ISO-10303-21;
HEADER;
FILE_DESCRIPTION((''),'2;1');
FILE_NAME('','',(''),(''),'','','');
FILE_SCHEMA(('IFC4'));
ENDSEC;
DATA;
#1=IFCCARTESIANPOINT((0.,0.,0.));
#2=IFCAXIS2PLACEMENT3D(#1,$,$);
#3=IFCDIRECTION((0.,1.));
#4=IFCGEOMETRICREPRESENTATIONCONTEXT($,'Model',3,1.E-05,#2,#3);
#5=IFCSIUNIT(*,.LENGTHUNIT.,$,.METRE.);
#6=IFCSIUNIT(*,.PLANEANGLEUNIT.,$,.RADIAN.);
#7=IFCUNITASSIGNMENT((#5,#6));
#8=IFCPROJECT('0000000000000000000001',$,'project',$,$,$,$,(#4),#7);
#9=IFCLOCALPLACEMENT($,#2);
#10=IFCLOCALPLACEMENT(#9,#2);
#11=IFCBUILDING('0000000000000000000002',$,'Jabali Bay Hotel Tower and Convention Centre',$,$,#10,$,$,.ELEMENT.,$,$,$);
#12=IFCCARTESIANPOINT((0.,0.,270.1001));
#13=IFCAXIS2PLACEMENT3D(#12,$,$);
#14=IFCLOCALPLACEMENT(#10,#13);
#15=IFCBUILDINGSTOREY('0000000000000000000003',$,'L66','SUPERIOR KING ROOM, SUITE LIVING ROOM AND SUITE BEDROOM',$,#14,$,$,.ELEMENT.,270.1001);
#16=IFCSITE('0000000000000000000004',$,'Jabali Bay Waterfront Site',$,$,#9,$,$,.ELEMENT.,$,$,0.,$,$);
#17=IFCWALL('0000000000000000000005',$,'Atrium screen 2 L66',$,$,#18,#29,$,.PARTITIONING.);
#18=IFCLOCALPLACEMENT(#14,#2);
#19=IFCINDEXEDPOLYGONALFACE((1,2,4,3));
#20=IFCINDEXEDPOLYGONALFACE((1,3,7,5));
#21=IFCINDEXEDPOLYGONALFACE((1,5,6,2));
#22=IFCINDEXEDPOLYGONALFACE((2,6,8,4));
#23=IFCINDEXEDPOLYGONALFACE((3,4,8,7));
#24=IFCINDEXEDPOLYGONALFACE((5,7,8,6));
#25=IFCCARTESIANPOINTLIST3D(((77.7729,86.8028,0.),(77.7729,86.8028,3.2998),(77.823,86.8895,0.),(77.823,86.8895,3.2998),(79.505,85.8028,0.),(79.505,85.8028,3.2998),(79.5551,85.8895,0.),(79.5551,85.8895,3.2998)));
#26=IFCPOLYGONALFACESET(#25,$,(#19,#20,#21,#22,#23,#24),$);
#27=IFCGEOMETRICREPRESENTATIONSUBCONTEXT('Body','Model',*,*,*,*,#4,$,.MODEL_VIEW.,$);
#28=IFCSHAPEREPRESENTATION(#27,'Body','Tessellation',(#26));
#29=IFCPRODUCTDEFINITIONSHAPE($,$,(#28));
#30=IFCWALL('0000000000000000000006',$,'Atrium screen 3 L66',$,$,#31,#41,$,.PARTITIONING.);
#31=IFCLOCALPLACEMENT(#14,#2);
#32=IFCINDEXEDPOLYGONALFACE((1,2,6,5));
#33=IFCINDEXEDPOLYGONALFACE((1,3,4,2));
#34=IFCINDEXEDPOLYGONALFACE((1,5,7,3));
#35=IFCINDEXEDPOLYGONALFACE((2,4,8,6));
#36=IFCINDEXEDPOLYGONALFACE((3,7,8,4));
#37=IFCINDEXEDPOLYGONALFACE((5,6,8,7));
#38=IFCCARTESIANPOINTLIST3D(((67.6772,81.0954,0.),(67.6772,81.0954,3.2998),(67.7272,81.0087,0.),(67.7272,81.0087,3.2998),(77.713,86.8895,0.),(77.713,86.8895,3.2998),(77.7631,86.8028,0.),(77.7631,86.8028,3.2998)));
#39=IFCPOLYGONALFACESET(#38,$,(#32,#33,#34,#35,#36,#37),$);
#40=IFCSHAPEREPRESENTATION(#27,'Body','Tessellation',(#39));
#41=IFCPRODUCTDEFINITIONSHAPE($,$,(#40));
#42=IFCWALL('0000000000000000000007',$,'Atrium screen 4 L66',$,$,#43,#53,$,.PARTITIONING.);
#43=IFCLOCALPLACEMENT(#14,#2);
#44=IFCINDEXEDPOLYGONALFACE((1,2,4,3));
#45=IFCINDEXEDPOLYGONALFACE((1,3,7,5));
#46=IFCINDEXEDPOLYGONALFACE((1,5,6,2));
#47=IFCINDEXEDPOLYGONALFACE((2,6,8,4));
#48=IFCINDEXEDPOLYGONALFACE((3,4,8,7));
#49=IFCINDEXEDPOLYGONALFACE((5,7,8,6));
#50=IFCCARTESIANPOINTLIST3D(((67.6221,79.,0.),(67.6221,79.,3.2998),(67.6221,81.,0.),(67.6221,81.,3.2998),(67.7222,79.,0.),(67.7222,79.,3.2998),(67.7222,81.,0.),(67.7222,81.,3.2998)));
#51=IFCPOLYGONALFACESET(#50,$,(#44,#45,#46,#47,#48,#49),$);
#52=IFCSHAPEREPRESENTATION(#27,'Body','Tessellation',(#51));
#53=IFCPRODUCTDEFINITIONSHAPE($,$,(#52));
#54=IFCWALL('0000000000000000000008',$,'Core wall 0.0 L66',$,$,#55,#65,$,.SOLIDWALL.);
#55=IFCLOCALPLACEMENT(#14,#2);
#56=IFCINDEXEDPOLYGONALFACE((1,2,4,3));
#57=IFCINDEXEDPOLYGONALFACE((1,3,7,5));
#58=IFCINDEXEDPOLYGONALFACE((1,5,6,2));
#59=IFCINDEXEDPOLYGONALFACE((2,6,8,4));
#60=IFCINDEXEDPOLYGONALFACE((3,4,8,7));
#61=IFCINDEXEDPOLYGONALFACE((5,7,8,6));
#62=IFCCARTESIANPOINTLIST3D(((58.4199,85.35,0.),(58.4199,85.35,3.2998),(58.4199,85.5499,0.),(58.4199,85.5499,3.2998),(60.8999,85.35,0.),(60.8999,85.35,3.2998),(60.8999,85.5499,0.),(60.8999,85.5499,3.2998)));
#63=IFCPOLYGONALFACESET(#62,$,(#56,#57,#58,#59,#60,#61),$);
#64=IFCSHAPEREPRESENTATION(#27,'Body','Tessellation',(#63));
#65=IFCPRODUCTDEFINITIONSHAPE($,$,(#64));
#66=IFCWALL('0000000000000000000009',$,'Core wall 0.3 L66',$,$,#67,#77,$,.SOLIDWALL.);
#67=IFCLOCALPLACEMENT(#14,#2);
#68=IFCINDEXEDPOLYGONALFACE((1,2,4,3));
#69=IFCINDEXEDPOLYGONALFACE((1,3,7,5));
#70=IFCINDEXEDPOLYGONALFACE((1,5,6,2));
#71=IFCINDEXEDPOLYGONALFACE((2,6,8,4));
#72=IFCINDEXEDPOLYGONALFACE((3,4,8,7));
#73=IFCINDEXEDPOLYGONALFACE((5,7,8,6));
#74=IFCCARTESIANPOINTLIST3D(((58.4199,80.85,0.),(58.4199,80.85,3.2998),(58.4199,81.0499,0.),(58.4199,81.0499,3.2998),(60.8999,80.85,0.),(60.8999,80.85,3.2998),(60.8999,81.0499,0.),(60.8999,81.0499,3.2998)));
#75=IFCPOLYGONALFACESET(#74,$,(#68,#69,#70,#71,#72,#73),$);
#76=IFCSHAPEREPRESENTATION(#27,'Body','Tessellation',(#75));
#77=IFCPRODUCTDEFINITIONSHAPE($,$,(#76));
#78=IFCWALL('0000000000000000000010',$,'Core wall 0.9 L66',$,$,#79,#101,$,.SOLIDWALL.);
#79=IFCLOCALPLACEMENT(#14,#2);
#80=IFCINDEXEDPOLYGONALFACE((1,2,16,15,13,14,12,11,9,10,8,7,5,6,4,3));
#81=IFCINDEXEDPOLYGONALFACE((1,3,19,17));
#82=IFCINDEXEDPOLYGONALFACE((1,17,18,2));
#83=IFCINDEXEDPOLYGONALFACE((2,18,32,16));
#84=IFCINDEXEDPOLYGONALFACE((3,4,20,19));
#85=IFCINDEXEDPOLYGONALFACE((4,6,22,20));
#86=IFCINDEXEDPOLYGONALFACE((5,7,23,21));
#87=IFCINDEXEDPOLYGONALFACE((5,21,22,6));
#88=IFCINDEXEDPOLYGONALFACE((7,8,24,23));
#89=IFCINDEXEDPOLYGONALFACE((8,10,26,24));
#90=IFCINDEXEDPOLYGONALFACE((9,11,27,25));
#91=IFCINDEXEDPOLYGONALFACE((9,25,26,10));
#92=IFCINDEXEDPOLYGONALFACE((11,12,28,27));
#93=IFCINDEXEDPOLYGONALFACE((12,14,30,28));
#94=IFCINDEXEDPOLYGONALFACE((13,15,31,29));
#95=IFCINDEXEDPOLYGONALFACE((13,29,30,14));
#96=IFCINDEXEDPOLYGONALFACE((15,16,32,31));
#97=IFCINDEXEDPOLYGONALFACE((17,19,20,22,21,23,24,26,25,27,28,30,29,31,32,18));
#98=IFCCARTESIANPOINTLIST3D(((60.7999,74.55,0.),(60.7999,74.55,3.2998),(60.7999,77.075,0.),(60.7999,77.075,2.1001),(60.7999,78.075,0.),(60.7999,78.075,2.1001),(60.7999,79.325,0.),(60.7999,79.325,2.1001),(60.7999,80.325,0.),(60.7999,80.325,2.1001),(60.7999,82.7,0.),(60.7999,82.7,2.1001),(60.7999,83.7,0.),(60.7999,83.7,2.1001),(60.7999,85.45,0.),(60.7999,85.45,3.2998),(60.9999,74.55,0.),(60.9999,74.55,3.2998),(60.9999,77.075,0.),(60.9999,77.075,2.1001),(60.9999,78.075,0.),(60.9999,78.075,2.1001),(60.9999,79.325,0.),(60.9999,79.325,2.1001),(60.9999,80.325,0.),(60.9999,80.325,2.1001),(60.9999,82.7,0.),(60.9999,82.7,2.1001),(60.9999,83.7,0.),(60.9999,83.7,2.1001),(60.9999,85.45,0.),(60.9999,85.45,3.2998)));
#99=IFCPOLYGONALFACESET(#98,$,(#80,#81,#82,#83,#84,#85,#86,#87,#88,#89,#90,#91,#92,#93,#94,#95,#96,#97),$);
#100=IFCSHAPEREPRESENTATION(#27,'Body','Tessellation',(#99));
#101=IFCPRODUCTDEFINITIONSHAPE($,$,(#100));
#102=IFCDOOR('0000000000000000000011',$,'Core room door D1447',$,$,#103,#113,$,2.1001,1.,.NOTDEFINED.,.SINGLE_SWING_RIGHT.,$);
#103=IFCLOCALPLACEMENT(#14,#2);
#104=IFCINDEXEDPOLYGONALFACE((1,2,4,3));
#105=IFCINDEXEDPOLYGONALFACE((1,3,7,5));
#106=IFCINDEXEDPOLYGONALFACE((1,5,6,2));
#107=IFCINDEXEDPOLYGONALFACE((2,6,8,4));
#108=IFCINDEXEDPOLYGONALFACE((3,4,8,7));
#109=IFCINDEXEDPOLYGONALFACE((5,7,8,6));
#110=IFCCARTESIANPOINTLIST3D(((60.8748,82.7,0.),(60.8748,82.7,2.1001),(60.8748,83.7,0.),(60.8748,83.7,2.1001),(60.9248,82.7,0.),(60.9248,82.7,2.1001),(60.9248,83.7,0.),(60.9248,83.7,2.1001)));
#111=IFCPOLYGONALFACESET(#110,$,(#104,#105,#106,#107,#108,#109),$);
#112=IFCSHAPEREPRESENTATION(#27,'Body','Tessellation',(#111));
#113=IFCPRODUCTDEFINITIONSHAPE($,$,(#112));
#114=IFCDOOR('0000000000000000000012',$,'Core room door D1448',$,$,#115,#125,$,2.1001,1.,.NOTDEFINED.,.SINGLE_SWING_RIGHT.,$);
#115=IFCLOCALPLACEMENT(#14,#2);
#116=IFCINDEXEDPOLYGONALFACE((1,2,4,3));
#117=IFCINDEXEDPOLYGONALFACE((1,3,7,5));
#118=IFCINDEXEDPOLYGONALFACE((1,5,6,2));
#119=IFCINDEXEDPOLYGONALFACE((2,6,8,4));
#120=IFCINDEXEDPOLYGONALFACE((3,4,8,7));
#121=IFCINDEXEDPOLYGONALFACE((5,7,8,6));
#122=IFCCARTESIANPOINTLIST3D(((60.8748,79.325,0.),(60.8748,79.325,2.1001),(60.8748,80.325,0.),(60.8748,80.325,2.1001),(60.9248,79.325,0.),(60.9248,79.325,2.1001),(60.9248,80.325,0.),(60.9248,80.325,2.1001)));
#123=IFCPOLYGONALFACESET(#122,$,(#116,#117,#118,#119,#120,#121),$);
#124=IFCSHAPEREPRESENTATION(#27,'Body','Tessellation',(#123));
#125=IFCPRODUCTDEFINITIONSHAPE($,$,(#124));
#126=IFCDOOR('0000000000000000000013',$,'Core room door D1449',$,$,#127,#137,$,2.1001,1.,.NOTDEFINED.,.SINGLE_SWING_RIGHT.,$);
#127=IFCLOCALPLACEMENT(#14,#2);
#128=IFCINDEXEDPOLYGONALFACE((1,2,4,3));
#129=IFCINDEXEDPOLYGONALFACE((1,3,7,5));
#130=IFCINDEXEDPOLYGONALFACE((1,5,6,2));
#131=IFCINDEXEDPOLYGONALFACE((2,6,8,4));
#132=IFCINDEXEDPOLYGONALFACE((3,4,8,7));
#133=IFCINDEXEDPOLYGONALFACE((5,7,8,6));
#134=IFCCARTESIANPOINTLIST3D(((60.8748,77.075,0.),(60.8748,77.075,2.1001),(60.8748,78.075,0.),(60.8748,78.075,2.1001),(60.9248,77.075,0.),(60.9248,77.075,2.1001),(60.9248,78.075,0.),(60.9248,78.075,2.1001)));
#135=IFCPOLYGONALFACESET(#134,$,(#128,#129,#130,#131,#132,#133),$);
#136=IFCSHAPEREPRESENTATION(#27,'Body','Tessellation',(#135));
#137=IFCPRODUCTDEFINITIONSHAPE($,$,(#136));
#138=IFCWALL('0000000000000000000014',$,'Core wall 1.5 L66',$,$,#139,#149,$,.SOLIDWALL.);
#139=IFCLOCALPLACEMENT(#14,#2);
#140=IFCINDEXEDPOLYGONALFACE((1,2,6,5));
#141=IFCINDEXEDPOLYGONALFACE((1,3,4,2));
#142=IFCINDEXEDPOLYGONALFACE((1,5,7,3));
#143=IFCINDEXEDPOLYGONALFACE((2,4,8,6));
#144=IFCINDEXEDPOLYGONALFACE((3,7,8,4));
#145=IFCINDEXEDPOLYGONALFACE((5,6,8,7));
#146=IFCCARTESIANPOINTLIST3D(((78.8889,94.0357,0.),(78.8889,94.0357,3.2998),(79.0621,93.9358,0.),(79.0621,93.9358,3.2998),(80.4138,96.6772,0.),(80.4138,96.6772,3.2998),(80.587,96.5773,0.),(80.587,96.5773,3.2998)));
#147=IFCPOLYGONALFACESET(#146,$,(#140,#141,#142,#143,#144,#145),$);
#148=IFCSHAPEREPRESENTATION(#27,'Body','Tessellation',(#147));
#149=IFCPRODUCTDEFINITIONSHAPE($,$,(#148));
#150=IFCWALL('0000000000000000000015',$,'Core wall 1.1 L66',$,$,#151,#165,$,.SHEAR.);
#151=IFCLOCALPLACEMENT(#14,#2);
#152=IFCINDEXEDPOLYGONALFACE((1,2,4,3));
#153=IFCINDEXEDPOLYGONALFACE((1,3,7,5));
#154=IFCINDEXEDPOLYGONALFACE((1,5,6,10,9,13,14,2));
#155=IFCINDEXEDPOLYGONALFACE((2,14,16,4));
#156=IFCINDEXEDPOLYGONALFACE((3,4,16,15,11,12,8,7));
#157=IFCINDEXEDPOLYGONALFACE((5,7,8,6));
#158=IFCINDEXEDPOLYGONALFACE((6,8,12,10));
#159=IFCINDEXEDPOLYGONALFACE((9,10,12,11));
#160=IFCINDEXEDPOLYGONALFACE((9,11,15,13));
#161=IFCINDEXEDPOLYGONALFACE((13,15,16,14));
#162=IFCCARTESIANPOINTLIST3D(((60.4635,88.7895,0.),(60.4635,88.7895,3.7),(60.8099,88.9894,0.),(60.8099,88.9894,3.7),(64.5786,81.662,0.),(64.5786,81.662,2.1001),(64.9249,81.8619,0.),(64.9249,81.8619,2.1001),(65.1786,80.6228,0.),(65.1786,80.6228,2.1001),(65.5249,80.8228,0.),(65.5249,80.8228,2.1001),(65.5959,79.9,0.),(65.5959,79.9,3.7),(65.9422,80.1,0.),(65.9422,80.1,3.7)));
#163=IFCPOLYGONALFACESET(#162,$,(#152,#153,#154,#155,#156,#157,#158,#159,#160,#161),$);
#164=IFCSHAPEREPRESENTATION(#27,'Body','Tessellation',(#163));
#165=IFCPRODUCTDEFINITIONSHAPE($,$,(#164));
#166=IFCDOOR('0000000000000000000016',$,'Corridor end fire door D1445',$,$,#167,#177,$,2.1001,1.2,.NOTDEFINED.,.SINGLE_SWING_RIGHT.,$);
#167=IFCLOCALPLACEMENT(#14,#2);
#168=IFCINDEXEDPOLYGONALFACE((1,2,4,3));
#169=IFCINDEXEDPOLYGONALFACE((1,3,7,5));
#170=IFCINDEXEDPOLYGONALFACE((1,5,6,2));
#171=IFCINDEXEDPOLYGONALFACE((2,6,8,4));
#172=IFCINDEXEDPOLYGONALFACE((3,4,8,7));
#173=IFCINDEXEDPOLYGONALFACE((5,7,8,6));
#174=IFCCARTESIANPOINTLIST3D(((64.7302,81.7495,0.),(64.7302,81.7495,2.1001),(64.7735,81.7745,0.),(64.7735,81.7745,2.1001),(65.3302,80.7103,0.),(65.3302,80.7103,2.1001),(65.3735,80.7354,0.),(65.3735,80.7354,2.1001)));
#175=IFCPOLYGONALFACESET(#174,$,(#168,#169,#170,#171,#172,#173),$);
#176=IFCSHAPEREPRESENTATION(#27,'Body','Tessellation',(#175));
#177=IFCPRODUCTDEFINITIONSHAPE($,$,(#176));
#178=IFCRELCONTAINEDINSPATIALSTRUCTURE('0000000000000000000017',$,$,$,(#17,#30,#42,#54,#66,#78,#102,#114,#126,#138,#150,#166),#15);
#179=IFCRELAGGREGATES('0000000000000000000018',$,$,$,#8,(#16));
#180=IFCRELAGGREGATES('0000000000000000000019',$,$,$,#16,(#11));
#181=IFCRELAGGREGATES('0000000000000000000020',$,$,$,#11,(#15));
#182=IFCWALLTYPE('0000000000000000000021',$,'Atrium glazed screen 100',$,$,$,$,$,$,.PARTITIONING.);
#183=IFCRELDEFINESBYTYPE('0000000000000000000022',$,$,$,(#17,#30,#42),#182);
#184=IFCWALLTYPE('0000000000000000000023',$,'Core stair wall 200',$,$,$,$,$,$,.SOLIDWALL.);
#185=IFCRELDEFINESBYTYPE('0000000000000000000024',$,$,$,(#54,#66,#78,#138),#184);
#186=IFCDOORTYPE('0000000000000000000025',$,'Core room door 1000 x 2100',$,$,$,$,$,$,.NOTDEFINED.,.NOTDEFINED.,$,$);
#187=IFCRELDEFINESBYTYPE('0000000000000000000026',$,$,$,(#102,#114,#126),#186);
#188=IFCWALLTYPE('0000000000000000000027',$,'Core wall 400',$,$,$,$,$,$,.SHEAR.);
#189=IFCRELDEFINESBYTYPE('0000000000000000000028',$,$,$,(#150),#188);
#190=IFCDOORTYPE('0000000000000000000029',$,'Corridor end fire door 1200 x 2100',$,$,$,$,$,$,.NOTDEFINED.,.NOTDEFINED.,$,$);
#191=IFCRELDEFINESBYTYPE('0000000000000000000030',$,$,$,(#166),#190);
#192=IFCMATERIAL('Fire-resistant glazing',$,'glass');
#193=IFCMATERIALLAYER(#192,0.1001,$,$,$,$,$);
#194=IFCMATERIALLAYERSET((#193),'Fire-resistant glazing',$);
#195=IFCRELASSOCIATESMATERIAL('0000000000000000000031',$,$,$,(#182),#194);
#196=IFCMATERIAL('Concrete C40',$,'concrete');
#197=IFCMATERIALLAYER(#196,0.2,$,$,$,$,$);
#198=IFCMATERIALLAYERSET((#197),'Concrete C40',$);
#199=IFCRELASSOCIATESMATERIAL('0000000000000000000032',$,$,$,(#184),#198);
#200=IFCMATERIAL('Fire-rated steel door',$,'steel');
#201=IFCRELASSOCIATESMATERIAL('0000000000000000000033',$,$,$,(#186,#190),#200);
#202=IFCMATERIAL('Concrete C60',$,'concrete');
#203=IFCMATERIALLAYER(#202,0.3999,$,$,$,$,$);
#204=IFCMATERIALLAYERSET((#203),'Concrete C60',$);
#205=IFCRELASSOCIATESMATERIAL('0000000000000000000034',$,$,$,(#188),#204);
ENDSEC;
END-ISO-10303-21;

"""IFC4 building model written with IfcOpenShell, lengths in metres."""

from ifc_helpers import new_model, si_unit, direction, frame, frame_2d, origin, place, context, subcontext, project, spatial, rectangle, extrude, material, layer, layer_set, type_object, element, fill, save


model = new_model("IFC4")

# Units and contexts
model_context = context("Model", 3, precision=1e-05, world=origin(), true_north=direction((0.0, 1.0)))
body_context = subcontext(model_context, "Body", "Model", "MODEL_VIEW")
ifc_project = project(units=[si_unit("LENGTHUNIT", "METRE"), si_unit("PLANEANGLEUNIT", "RADIAN")], contexts=[model_context])

# Site, building, storey
site_placement = place(None, origin())
site = spatial("IfcSite", under=ifc_project, at=site_placement, Name="Jabali Bay Waterfront Site", CompositionType="ELEMENT", RefElevation=0.0)
building_placement = place(site_placement, origin())
building = spatial("IfcBuilding", under=site, at=building_placement, Name="Jabali Bay Hotel Tower and Convention Centre", CompositionType="ELEMENT")
storey_placement = place(building_placement, frame((0.0, 0.0, 270.1001)))
storey = spatial("IfcBuildingStorey", under=building, at=storey_placement, Name="L66", Description="SUPERIOR KING ROOM, SUITE LIVING ROOM AND SUITE BEDROOM", CompositionType="ELEMENT", Elevation=270.1001)

# Walls
ifc_material_1 = material(Name="Fire-resistant glazing", Category="glass")
ifc_layer_1 = layer(ifc_material_1, 0.1001)
ifc_layer_set_1 = layer_set([ifc_layer_1], Name="Fire-resistant glazing")
wall_type_1 = type_object("IfcWallType", Name="Atrium glazed screen 100", PredefinedType="PARTITIONING", material=ifc_layer_set_1)
wall_1_placement = place(storey_placement, frame((79.53, 85.8462, 0.0), z_axis=(0.0, 0.0, 1.0), x_axis=(-0.866041, 0.499973, 0.0)))
element("IfcWall", 1, at=wall_1_placement, inside=storey, type_object=wall_type_1, Name="Atrium screen 2 L66", PredefinedType="PARTITIONING", context=body_context, shape_type="SweptSolid", body=[
    extrude(rectangle(XDim=2.0, YDim=0.1001, at=frame_2d((1.0, 0.0))), origin(), (0.0, 0.0, 1.0), 3.2998),
])
wall_2_placement = place(storey_placement, frame((77.738, 86.8462, 0.0), z_axis=(0.0, 0.0, 1.0), x_axis=(-0.866027, -0.499998, 0.0)))
element("IfcWall", 2, at=wall_2_placement, inside=storey, type_object=wall_type_1, Name="Atrium screen 3 L66", PredefinedType="PARTITIONING", context=body_context, shape_type="SweptSolid", body=[
    extrude(rectangle(XDim=11.5884, YDim=0.1001, at=frame_2d((5.7942, 0.0))), origin(), (0.0, 0.0, 1.0), 3.2998),
])
wall_3_placement = place(storey_placement, frame((67.6721, 81.0, 0.0), z_axis=(0.0, 0.0, 1.0), x_axis=(0.0, -1.0, 0.0)))
element("IfcWall", 3, at=wall_3_placement, inside=storey, type_object=wall_type_1, Name="Atrium screen 4 L66", PredefinedType="PARTITIONING", context=body_context, shape_type="SweptSolid", body=[
    extrude(rectangle(XDim=2.0, YDim=0.1001, at=frame_2d((1.0, 0.0))), origin(), (0.0, 0.0, 1.0), 3.2998),
])
ifc_material_2 = material(Name="Concrete C40", Category="concrete")
ifc_layer_2 = layer(ifc_material_2, 0.2)
ifc_layer_set_2 = layer_set([ifc_layer_2], Name="Concrete C40")
wall_type_2 = type_object("IfcWallType", Name="Core stair wall 200", PredefinedType="SOLIDWALL", material=ifc_layer_set_2)
for number, where, z_axis, x_axis, name in (
    (4, (60.8999, 85.45, 0.0), (0.0, 0.0, 1.0), (-1.0, 0.0, 0.0), "Core wall 0.0 L66"),
    (5, (60.8999, 80.95, 0.0), (0.0, 0.0, 1.0), (-1.0, 0.0, 0.0), "Core wall 0.3 L66"),
):
    element("IfcWall", number, at=place(storey_placement, frame(where, z_axis=z_axis, x_axis=x_axis)), inside=storey, type_object=wall_type_2, Name=name, PredefinedType="SOLIDWALL", context=body_context, shape_type="SweptSolid", body=[
        extrude(rectangle(XDim=2.48, YDim=0.2, at=frame_2d((1.24, 0.0))), origin(), (0.0, 0.0, 1.0), 3.2998),
    ])

# Wall, openings, doors
wall_4_placement = place(storey_placement, frame((60.8999, 85.45, 0.0), z_axis=(0.0, 0.0, 1.0), x_axis=(0.0, -1.0, 0.0)))
wall_4 = element("IfcWall", 6, at=wall_4_placement, inside=storey, type_object=wall_type_2, Name="Core wall 0.9 L66", PredefinedType="SOLIDWALL", context=body_context, shape_type="SweptSolid", body=[
    extrude(rectangle(XDim=10.8999, YDim=0.2, at=frame_2d((5.45, 0.0))), origin(), (0.0, 0.0, 1.0), 3.2998),
])
opening_1_placement = place(wall_4_placement, frame((1.75, 0.0, 0.0)))
opening_1 = element("IfcOpeningElement", 7, at=opening_1_placement, cuts=wall_4, PredefinedType="OPENING", context=body_context, shape_type="SweptSolid", body=[
    extrude(rectangle(XDim=1.0, YDim=2.1001, at=frame_2d((0.5, 1.05))), frame((0.0, 0.1104, 0.0), z_axis=(0.0, -1.0, 0.0), x_axis=(1.0, 0.0, 0.0)), (0.0, 0.0, 1.0), 0.2209),
])
opening_2_placement = place(wall_4_placement, frame((5.125, 0.0, 0.0)))
opening_2 = element("IfcOpeningElement", 8, at=opening_2_placement, cuts=wall_4, PredefinedType="OPENING", context=body_context, shape_type="SweptSolid", body=[
    extrude(rectangle(XDim=1.0, YDim=2.1001, at=frame_2d((0.5, 1.05))), frame((0.0, 0.1104, 0.0), z_axis=(0.0, -1.0, 0.0), x_axis=(1.0, 0.0, 0.0)), (0.0, 0.0, 1.0), 0.2209),
])
opening_3_placement = place(wall_4_placement, frame((7.375, 0.0, 0.0)))
opening_3 = element("IfcOpeningElement", 9, at=opening_3_placement, cuts=wall_4, PredefinedType="OPENING", context=body_context, shape_type="SweptSolid", body=[
    extrude(rectangle(XDim=1.0, YDim=2.1001, at=frame_2d((0.5, 1.05))), frame((0.0, 0.1104, 0.0), z_axis=(0.0, -1.0, 0.0), x_axis=(1.0, 0.0, 0.0)), (0.0, 0.0, 1.0), 0.2209),
])
ifc_material_3 = material(Name="Fire-rated steel door", Category="steel")
door_type_1 = type_object("IfcDoorType", Name="Core room door 1000 x 2100", OperationType="NOTDEFINED", PredefinedType="NOTDEFINED", material=ifc_material_3)
door_1_placement = place(opening_1_placement, origin())
door_1 = element("IfcDoor", 10, at=door_1_placement, inside=storey, type_object=door_type_1, Name="Core room door D1447", OperationType="SINGLE_SWING_RIGHT", OverallHeight=2.1001, OverallWidth=1.0, PredefinedType="NOTDEFINED", context=body_context, shape_type="SweptSolid", body=[
    extrude(rectangle(XDim=1.0, YDim=2.1001, at=frame_2d((0.5, 1.05))), frame((0.0, 0.0249, 0.0), z_axis=(0.0, -1.0, 0.0), x_axis=(1.0, 0.0, 0.0)), (0.0, 0.0, 1.0), 0.05),
])
fill(opening_1, door_1)
door_2_placement = place(opening_2_placement, origin())
door_2 = element("IfcDoor", 11, at=door_2_placement, inside=storey, type_object=door_type_1, Name="Core room door D1448", OperationType="SINGLE_SWING_RIGHT", OverallHeight=2.1001, OverallWidth=1.0, PredefinedType="NOTDEFINED", context=body_context, shape_type="SweptSolid", body=[
    extrude(rectangle(XDim=1.0, YDim=2.1001, at=frame_2d((0.5, 1.05))), frame((0.0, 0.0249, 0.0), z_axis=(0.0, -1.0, 0.0), x_axis=(1.0, 0.0, 0.0)), (0.0, 0.0, 1.0), 0.05),
])
fill(opening_2, door_2)
door_3_placement = place(opening_3_placement, origin())
door_3 = element("IfcDoor", 12, at=door_3_placement, inside=storey, type_object=door_type_1, Name="Core room door D1449", OperationType="SINGLE_SWING_RIGHT", OverallHeight=2.1001, OverallWidth=1.0, PredefinedType="NOTDEFINED", context=body_context, shape_type="SweptSolid", body=[
    extrude(rectangle(XDim=1.0, YDim=2.1001, at=frame_2d((0.5, 1.05))), frame((0.0, 0.0249, 0.0), z_axis=(0.0, -1.0, 0.0), x_axis=(1.0, 0.0, 0.0)), (0.0, 0.0, 1.0), 0.05),
])
fill(opening_3, door_3)

# Wall
wall_5_placement = place(storey_placement, frame((78.9756, 93.9858, 0.0), z_axis=(0.0, 0.0, 1.0), x_axis=(0.499944, 0.866058, 0.0)))
element("IfcWall", 13, at=wall_5_placement, inside=storey, type_object=wall_type_2, Name="Core wall 1.5 L66", PredefinedType="SOLIDWALL", context=body_context, shape_type="SweptSolid", body=[
    extrude(rectangle(XDim=3.05, YDim=0.2, at=frame_2d((1.5249, 0.0))), origin(), (0.0, 0.0, 1.0), 3.2998),
])

# Wall, opening, door
ifc_material_4 = material(Name="Concrete C60", Category="concrete")
ifc_layer_3 = layer(ifc_material_4, 0.3999)
ifc_layer_set_3 = layer_set([ifc_layer_3], Name="Concrete C60")
wall_type_3 = type_object("IfcWallType", Name="Core wall 400", PredefinedType="SHEAR", material=ifc_layer_set_3)
wall_6_placement = place(storey_placement, frame((65.769, 80.0, 0.0), z_axis=(0.0, 0.0, 1.0), x_axis=(-0.500002, 0.866024, 0.0)))
wall_6 = element("IfcWall", 14, at=wall_6_placement, inside=storey, type_object=wall_type_3, Name="Core wall 1.1 L66", PredefinedType="SHEAR", context=body_context, shape_type="SweptSolid", body=[
    extrude(rectangle(XDim=10.2646, YDim=0.3999, at=frame_2d((5.1323, 0.0))), origin(), (0.0, 0.0, 1.0), 3.7),
])
opening_4_placement = place(wall_6_placement, frame((0.8345, 0.0, 0.0)))
opening_4 = element("IfcOpeningElement", 15, at=opening_4_placement, cuts=wall_6, PredefinedType="OPENING", context=body_context, shape_type="SweptSolid", body=[
    extrude(rectangle(XDim=1.2, YDim=2.1001, at=frame_2d((0.6001, 1.05))), frame((0.0, 0.2104, 0.0), z_axis=(0.0, -1.0, 0.0), x_axis=(1.0, 0.0, 0.0)), (0.0, 0.0, 1.0), 0.4209),
])
door_type_2 = type_object("IfcDoorType", Name="Corridor end fire door 1200 x 2100", OperationType="NOTDEFINED", PredefinedType="NOTDEFINED", material=ifc_material_3)
door_4_placement = place(opening_4_placement, origin())
door_4 = element("IfcDoor", 16, at=door_4_placement, inside=storey, type_object=door_type_2, Name="Corridor end fire door D1445", OperationType="SINGLE_SWING_RIGHT", OverallHeight=2.1001, OverallWidth=1.2, PredefinedType="NOTDEFINED", context=body_context, shape_type="SweptSolid", body=[
    extrude(rectangle(XDim=1.2, YDim=2.1001, at=frame_2d((0.6001, 1.05))), frame((0.0, 0.0249, 0.0), z_axis=(0.0, -1.0, 0.0), x_axis=(1.0, 0.0, 0.0)), (0.0, 0.0, 1.0), 0.05),
])
fill(opening_4, door_4)

save(model, "model.ifc")
